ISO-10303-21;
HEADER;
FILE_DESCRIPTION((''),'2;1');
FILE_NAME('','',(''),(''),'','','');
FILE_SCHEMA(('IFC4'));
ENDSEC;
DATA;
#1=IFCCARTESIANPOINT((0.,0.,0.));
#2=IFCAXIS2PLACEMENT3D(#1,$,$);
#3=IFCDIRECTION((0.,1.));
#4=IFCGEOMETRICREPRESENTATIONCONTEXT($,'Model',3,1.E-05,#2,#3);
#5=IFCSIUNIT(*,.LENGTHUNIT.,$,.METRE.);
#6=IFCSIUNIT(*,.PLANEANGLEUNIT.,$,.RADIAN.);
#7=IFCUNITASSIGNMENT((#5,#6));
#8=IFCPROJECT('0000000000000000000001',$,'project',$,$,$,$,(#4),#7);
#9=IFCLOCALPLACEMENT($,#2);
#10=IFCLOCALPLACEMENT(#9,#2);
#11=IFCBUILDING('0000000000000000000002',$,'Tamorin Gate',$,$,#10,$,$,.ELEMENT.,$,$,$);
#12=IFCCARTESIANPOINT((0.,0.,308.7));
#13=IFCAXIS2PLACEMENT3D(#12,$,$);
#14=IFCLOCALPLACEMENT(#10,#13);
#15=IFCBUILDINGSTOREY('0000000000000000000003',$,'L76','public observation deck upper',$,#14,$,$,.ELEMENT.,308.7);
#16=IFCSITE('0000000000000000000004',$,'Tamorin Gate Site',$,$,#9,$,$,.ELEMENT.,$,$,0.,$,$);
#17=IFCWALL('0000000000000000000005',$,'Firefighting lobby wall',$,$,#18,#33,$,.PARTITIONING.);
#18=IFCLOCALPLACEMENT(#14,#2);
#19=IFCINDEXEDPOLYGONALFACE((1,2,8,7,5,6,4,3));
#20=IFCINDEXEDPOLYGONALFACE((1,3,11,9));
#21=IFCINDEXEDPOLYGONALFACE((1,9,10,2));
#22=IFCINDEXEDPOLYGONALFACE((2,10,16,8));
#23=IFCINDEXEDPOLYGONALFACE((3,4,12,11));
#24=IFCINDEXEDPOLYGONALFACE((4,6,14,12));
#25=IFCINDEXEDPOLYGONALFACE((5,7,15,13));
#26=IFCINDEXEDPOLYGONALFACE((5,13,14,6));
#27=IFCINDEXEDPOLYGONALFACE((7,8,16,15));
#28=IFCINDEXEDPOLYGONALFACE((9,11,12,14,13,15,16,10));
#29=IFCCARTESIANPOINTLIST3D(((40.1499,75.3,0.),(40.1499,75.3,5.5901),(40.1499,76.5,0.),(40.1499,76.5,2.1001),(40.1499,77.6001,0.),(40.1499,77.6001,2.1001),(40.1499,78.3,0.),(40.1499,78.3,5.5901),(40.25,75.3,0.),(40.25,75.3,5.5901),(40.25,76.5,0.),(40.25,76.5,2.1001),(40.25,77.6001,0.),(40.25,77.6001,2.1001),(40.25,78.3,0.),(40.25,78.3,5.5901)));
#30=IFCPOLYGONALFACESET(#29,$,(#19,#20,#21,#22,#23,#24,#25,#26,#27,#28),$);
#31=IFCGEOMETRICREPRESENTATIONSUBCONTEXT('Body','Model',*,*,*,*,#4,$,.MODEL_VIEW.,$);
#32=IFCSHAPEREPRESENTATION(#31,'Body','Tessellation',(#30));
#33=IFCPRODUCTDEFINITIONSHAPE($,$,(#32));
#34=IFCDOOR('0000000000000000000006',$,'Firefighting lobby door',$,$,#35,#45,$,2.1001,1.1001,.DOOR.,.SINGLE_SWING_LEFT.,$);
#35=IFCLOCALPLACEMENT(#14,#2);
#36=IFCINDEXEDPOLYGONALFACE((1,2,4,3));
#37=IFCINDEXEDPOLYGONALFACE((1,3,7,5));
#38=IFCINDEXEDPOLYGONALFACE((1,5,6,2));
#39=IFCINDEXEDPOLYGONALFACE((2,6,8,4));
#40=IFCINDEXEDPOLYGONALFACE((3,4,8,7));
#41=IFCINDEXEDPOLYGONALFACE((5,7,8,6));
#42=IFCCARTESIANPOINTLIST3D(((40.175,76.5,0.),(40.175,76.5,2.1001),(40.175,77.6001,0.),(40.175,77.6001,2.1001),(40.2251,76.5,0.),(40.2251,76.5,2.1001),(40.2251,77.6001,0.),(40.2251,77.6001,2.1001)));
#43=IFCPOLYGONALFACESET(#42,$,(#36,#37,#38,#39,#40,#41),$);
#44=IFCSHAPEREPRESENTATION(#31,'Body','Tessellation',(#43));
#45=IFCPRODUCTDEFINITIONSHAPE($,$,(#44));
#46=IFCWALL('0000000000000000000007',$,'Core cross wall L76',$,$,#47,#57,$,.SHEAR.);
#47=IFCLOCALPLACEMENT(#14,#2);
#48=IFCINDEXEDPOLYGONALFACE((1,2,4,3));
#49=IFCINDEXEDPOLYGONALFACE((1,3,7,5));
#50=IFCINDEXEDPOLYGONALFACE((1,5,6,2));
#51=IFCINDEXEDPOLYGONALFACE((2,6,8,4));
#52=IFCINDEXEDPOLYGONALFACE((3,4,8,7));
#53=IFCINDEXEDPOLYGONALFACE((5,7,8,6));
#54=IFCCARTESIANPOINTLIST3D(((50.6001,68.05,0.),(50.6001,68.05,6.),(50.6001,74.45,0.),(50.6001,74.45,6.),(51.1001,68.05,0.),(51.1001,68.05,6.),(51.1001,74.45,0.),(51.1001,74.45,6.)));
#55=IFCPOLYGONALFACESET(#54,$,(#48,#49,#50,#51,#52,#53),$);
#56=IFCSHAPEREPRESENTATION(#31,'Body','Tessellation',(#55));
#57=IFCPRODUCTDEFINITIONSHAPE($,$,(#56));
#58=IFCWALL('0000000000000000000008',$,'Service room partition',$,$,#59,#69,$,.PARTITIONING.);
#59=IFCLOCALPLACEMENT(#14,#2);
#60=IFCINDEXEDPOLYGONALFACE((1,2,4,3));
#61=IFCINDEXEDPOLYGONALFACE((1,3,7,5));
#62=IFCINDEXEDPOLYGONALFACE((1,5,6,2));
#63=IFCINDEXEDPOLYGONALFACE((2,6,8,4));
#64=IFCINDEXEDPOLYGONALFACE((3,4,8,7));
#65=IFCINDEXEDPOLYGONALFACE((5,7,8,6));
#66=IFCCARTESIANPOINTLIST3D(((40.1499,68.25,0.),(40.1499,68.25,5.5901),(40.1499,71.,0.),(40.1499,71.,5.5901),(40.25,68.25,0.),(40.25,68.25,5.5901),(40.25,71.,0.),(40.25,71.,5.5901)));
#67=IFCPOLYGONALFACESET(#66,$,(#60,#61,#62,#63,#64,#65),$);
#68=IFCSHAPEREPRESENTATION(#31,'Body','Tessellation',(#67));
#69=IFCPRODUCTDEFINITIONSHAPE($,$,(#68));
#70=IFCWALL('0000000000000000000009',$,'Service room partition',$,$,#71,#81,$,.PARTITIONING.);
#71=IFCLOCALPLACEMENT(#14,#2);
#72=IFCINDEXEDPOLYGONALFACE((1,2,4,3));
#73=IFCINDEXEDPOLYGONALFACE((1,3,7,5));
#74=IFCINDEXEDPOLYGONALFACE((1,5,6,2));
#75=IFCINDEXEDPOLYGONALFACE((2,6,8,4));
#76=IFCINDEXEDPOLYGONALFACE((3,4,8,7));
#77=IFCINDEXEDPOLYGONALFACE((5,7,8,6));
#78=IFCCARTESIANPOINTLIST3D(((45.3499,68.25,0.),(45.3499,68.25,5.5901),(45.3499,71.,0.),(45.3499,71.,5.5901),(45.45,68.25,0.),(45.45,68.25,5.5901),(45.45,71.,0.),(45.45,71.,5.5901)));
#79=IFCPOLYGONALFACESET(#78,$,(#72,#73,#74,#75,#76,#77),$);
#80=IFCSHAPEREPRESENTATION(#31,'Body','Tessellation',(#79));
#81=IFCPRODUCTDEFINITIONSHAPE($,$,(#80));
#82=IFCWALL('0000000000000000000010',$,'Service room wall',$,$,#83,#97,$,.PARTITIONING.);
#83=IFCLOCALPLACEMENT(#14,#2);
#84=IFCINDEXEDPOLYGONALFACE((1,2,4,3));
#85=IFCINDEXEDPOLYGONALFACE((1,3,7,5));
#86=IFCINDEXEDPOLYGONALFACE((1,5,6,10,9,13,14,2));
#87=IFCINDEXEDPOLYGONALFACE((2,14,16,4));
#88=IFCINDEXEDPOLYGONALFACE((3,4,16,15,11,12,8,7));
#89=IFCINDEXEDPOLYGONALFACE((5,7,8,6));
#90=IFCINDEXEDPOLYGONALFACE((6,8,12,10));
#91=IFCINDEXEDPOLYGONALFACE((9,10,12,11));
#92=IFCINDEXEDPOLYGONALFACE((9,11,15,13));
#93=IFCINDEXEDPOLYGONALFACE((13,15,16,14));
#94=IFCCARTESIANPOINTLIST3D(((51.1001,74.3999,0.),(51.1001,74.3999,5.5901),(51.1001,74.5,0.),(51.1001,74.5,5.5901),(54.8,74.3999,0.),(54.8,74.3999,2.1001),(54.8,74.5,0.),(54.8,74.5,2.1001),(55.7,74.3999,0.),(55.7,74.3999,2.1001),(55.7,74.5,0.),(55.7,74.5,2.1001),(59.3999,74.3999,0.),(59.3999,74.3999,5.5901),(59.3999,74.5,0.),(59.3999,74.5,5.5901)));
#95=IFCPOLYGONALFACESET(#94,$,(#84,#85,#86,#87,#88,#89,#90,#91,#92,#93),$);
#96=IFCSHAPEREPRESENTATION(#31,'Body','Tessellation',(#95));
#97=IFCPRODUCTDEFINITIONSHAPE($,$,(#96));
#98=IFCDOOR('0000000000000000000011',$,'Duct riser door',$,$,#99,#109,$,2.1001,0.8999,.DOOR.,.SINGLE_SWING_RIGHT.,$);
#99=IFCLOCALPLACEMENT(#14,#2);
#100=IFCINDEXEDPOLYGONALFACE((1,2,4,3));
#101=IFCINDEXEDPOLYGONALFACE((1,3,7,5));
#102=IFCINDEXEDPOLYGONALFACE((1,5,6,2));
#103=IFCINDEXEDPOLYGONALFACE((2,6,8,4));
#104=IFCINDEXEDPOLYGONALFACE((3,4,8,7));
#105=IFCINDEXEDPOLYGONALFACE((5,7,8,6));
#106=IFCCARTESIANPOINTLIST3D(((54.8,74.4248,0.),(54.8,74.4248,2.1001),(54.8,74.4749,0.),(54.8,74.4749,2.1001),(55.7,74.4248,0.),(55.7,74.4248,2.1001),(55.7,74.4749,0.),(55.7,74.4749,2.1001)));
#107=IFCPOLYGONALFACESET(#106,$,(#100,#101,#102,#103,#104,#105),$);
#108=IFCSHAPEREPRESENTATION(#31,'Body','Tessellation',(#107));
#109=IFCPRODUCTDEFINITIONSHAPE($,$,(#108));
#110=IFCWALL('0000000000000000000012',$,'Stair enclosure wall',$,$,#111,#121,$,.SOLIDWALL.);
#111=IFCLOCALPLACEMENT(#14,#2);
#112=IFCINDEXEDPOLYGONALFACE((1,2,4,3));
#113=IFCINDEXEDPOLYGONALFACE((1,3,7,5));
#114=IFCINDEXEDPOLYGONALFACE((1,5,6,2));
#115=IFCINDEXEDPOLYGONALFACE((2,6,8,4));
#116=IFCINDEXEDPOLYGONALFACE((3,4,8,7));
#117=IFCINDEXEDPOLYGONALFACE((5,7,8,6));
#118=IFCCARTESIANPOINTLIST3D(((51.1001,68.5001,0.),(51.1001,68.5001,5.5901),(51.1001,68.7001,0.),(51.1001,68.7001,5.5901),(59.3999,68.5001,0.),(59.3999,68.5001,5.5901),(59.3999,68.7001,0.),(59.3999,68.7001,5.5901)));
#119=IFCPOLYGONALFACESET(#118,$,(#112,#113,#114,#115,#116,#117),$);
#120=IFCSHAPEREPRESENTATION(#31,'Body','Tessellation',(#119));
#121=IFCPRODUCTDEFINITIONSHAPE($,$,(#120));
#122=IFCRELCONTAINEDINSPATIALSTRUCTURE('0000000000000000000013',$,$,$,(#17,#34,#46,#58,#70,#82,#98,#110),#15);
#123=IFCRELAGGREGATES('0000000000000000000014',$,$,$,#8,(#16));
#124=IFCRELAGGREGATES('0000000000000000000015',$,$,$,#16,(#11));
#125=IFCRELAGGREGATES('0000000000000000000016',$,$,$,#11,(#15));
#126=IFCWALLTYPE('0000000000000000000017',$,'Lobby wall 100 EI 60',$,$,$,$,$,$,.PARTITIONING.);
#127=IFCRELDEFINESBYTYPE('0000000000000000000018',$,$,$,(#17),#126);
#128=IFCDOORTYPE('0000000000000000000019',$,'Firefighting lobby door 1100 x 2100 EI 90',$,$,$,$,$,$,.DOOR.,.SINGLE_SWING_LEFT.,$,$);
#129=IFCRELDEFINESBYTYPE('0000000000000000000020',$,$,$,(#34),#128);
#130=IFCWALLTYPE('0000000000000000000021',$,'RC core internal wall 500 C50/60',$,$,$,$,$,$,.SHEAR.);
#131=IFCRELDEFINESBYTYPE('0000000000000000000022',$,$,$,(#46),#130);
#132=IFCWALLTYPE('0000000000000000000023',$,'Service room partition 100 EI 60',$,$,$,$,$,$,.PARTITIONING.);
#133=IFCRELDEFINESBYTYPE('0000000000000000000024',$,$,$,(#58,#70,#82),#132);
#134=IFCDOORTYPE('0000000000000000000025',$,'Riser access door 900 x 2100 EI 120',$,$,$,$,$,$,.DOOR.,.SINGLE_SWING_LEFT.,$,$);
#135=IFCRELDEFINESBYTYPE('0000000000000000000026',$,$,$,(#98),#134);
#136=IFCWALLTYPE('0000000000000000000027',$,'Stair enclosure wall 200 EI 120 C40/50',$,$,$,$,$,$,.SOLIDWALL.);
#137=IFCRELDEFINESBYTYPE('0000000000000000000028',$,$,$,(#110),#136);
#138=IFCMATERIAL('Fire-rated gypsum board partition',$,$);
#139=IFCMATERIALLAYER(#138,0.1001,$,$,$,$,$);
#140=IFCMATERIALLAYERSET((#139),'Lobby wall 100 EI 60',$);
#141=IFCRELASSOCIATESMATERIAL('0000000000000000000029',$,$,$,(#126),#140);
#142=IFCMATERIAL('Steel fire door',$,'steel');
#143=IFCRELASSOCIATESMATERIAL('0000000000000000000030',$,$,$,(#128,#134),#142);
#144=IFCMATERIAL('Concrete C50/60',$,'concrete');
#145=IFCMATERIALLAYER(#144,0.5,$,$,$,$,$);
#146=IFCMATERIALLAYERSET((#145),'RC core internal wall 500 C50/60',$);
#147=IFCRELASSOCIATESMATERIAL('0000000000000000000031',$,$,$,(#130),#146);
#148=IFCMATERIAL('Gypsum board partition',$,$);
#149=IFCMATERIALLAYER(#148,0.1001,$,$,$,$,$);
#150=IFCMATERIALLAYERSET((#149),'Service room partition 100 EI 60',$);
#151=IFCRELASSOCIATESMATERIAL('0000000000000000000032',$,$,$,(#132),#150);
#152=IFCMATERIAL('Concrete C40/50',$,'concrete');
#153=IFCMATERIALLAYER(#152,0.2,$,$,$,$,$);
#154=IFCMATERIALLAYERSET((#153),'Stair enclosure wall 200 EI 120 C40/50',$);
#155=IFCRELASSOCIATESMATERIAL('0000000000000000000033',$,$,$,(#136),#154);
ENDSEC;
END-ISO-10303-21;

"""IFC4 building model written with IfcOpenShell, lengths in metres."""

from ifc_helpers import new_model, si_unit, direction, frame, frame_2d, origin, place, context, subcontext, project, spatial, rectangle, extrude, material, layer, layer_set, type_object, element, fill, save


model = new_model("IFC4")

# Units and contexts
model_context = context("Model", 3, precision=1e-05, world=origin(), true_north=direction((0.0, 1.0)))
body_context = subcontext(model_context, "Body", "Model", "MODEL_VIEW")
ifc_project = project(units=[si_unit("LENGTHUNIT", "METRE"), si_unit("PLANEANGLEUNIT", "RADIAN")], contexts=[model_context])

# Site, building, storey
site_placement = place(None, origin())
site = spatial("IfcSite", under=ifc_project, at=site_placement, Name="Tamorin Gate Site", CompositionType="ELEMENT", RefElevation=0.0)
building_placement = place(site_placement, origin())
building = spatial("IfcBuilding", under=site, at=building_placement, Name="Tamorin Gate", CompositionType="ELEMENT")
storey_placement = place(building_placement, frame((0.0, 0.0, 308.7)))
storey = spatial("IfcBuildingStorey", under=building, at=storey_placement, Name="L76", Description="public observation deck upper", CompositionType="ELEMENT", Elevation=308.7)

# Shared definitions
ifc_material_1 = material(Name="Concrete C50/60", Category="concrete")

# Shared definitions
ifc_material_2 = material(Name="Fire-rated gypsum board partition")
ifc_layer_1 = layer(ifc_material_2, 0.1001)
ifc_layer_set_1 = layer_set([ifc_layer_1], Name="Lobby wall 100 EI 60")
wall_type_1 = type_object("IfcWallType", Name="Lobby wall 100 EI 60", PredefinedType="PARTITIONING", material=ifc_layer_set_1)

# Wall, opening, door
wall_1_placement = place(storey_placement, frame((40.2, 75.3, 0.0), z_axis=(0.0, 0.0, 1.0), x_axis=(0.0, 1.0, 0.0)))
wall_1 = element("IfcWall", 1, at=wall_1_placement, inside=storey, type_object=wall_type_1, Name="Firefighting lobby wall", PredefinedType="PARTITIONING", context=body_context, shape_type="SweptSolid", body=[
    extrude(rectangle(XDim=3.0, YDim=0.1001, at=frame_2d((1.5, 0.0))), origin(), (0.0, 0.0, 1.0), 5.5901),
])
opening_1_placement = place(wall_1_placement, frame((1.2, 0.0, 0.0)))
opening_1 = element("IfcOpeningElement", 2, at=opening_1_placement, cuts=wall_1, PredefinedType="OPENING", context=body_context, shape_type="SweptSolid", body=[
    extrude(rectangle(XDim=1.1001, YDim=2.1001, at=frame_2d((0.55, 1.05))), frame((0.0, 0.0601, 0.0), z_axis=(0.0, -1.0, 0.0), x_axis=(1.0, 0.0, 0.0)), (0.0, 0.0, 1.0), 0.1201),
])
ifc_material_3 = material(Name="Steel fire door", Category="steel")
door_type_1 = type_object("IfcDoorType", Name="Firefighting lobby door 1100 x 2100 EI 90", OperationType="SINGLE_SWING_LEFT", PredefinedType="DOOR", material=ifc_material_3)
door_1_placement = place(opening_1_placement, origin())
door_1 = element("IfcDoor", 3, at=door_1_placement, inside=storey, type_object=door_type_1, Name="Firefighting lobby door", OperationType="SINGLE_SWING_LEFT", OverallHeight=2.1001, OverallWidth=1.1001, PredefinedType="DOOR", context=body_context, shape_type="SweptSolid", body=[
    extrude(rectangle(XDim=1.1001, YDim=2.1001, at=frame_2d((0.55, 1.05))), frame((0.0, 0.0249, 0.0), z_axis=(0.0, -1.0, 0.0), x_axis=(1.0, 0.0, 0.0)), (0.0, 0.0, 1.0), 0.05),
])
fill(opening_1, door_1)

# Walls
ifc_layer_2 = layer(ifc_material_1, 0.5)
ifc_layer_set_2 = layer_set([ifc_layer_2], Name="RC core internal wall 500 C50/60")
wall_type_2 = type_object("IfcWallType", Name="RC core internal wall 500 C50/60", PredefinedType="SHEAR", material=ifc_layer_set_2)
wall_2_placement = place(storey_placement, frame((50.8501, 68.05, 0.0), z_axis=(0.0, 0.0, 1.0), x_axis=(0.0, 1.0, 0.0)))
element("IfcWall", 4, at=wall_2_placement, inside=storey, type_object=wall_type_2, Name="Core cross wall L76", PredefinedType="SHEAR", context=body_context, shape_type="SweptSolid", body=[
    extrude(rectangle(XDim=6.3999, YDim=0.5, at=frame_2d((3.2, 0.0))), origin(), (0.0, 0.0, 1.0), 6.0),
])
ifc_material_4 = material(Name="Gypsum board partition")
ifc_layer_3 = layer(ifc_material_4, 0.1001)
ifc_layer_set_3 = layer_set([ifc_layer_3], Name="Service room partition 100 EI 60")
wall_type_3 = type_object("IfcWallType", Name="Service room partition 100 EI 60", PredefinedType="PARTITIONING", material=ifc_layer_set_3)
for number, where, z_axis, x_axis, name in (
    (5, (40.2, 68.25, 0.0), (0.0, 0.0, 1.0), (0.0, 1.0, 0.0), "Service room partition"),
    (6, (45.3999, 68.25, 0.0), (0.0, 0.0, 1.0), (0.0, 1.0, 0.0), "Service room partition"),
):
    element("IfcWall", number, at=place(storey_placement, frame(where, z_axis=z_axis, x_axis=x_axis)), inside=storey, type_object=wall_type_3, Name=name, PredefinedType="PARTITIONING", context=body_context, shape_type="SweptSolid", body=[
        extrude(rectangle(XDim=2.75, YDim=0.1001, at=frame_2d((1.375, 0.0))), origin(), (0.0, 0.0, 1.0), 5.5901),
    ])

# Wall, opening, door
wall_3_placement = place(storey_placement, frame((51.1001, 74.45, 0.0), z_axis=(0.0, 0.0, 1.0), x_axis=(1.0, 0.0, 0.0)))
wall_3 = element("IfcWall", 7, at=wall_3_placement, inside=storey, type_object=wall_type_3, Name="Service room wall", PredefinedType="PARTITIONING", context=body_context, shape_type="SweptSolid", body=[
    extrude(rectangle(XDim=8.2998, YDim=0.1001, at=frame_2d((4.1499, 0.0))), origin(), (0.0, 0.0, 1.0), 5.5901),
])
opening_2_placement = place(wall_3_placement, frame((3.7, 0.0, 0.0)))
opening_2 = element("IfcOpeningElement", 8, at=opening_2_placement, cuts=wall_3, PredefinedType="OPENING", context=body_context, shape_type="SweptSolid", body=[
    extrude(rectangle(XDim=0.8999, YDim=2.1001, at=frame_2d((0.45, 1.05))), frame((0.0, 0.0601, 0.0), z_axis=(0.0, -1.0, 0.0), x_axis=(1.0, 0.0, 0.0)), (0.0, 0.0, 1.0), 0.1201),
])
door_type_2 = type_object("IfcDoorType", Name="Riser access door 900 x 2100 EI 120", OperationType="SINGLE_SWING_LEFT", PredefinedType="DOOR", material=ifc_material_3)
door_2_placement = place(opening_2_placement, origin())
door_2 = element("IfcDoor", 9, at=door_2_placement, inside=storey, type_object=door_type_2, Name="Duct riser door", OperationType="SINGLE_SWING_RIGHT", OverallHeight=2.1001, OverallWidth=0.8999, PredefinedType="DOOR", context=body_context, shape_type="SweptSolid", body=[
    extrude(rectangle(XDim=0.8999, YDim=2.1001, at=frame_2d((0.45, 1.05))), frame((0.0, 0.0249, 0.0), z_axis=(0.0, -1.0, 0.0), x_axis=(1.0, 0.0, 0.0)), (0.0, 0.0, 1.0), 0.05),
])
fill(opening_2, door_2)

# Wall
ifc_material_5 = material(Name="Concrete C40/50", Category="concrete")
ifc_layer_4 = layer(ifc_material_5, 0.2)
ifc_layer_set_4 = layer_set([ifc_layer_4], Name="Stair enclosure wall 200 EI 120 C40/50")
wall_type_4 = type_object("IfcWallType", Name="Stair enclosure wall 200 EI 120 C40/50", PredefinedType="SOLIDWALL", material=ifc_layer_set_4)
wall_4_placement = place(storey_placement, frame((51.1001, 68.6001, 0.0), z_axis=(0.0, 0.0, 1.0), x_axis=(1.0, 0.0, 0.0)))
element("IfcWall", 10, at=wall_4_placement, inside=storey, type_object=wall_type_4, Name="Stair enclosure wall", PredefinedType="SOLIDWALL", context=body_context, shape_type="SweptSolid", body=[
    extrude(rectangle(XDim=8.2998, YDim=0.2, at=frame_2d((4.1499, 0.0))), origin(), (0.0, 0.0, 1.0), 5.5901),
])

save(model, "model.ifc")
